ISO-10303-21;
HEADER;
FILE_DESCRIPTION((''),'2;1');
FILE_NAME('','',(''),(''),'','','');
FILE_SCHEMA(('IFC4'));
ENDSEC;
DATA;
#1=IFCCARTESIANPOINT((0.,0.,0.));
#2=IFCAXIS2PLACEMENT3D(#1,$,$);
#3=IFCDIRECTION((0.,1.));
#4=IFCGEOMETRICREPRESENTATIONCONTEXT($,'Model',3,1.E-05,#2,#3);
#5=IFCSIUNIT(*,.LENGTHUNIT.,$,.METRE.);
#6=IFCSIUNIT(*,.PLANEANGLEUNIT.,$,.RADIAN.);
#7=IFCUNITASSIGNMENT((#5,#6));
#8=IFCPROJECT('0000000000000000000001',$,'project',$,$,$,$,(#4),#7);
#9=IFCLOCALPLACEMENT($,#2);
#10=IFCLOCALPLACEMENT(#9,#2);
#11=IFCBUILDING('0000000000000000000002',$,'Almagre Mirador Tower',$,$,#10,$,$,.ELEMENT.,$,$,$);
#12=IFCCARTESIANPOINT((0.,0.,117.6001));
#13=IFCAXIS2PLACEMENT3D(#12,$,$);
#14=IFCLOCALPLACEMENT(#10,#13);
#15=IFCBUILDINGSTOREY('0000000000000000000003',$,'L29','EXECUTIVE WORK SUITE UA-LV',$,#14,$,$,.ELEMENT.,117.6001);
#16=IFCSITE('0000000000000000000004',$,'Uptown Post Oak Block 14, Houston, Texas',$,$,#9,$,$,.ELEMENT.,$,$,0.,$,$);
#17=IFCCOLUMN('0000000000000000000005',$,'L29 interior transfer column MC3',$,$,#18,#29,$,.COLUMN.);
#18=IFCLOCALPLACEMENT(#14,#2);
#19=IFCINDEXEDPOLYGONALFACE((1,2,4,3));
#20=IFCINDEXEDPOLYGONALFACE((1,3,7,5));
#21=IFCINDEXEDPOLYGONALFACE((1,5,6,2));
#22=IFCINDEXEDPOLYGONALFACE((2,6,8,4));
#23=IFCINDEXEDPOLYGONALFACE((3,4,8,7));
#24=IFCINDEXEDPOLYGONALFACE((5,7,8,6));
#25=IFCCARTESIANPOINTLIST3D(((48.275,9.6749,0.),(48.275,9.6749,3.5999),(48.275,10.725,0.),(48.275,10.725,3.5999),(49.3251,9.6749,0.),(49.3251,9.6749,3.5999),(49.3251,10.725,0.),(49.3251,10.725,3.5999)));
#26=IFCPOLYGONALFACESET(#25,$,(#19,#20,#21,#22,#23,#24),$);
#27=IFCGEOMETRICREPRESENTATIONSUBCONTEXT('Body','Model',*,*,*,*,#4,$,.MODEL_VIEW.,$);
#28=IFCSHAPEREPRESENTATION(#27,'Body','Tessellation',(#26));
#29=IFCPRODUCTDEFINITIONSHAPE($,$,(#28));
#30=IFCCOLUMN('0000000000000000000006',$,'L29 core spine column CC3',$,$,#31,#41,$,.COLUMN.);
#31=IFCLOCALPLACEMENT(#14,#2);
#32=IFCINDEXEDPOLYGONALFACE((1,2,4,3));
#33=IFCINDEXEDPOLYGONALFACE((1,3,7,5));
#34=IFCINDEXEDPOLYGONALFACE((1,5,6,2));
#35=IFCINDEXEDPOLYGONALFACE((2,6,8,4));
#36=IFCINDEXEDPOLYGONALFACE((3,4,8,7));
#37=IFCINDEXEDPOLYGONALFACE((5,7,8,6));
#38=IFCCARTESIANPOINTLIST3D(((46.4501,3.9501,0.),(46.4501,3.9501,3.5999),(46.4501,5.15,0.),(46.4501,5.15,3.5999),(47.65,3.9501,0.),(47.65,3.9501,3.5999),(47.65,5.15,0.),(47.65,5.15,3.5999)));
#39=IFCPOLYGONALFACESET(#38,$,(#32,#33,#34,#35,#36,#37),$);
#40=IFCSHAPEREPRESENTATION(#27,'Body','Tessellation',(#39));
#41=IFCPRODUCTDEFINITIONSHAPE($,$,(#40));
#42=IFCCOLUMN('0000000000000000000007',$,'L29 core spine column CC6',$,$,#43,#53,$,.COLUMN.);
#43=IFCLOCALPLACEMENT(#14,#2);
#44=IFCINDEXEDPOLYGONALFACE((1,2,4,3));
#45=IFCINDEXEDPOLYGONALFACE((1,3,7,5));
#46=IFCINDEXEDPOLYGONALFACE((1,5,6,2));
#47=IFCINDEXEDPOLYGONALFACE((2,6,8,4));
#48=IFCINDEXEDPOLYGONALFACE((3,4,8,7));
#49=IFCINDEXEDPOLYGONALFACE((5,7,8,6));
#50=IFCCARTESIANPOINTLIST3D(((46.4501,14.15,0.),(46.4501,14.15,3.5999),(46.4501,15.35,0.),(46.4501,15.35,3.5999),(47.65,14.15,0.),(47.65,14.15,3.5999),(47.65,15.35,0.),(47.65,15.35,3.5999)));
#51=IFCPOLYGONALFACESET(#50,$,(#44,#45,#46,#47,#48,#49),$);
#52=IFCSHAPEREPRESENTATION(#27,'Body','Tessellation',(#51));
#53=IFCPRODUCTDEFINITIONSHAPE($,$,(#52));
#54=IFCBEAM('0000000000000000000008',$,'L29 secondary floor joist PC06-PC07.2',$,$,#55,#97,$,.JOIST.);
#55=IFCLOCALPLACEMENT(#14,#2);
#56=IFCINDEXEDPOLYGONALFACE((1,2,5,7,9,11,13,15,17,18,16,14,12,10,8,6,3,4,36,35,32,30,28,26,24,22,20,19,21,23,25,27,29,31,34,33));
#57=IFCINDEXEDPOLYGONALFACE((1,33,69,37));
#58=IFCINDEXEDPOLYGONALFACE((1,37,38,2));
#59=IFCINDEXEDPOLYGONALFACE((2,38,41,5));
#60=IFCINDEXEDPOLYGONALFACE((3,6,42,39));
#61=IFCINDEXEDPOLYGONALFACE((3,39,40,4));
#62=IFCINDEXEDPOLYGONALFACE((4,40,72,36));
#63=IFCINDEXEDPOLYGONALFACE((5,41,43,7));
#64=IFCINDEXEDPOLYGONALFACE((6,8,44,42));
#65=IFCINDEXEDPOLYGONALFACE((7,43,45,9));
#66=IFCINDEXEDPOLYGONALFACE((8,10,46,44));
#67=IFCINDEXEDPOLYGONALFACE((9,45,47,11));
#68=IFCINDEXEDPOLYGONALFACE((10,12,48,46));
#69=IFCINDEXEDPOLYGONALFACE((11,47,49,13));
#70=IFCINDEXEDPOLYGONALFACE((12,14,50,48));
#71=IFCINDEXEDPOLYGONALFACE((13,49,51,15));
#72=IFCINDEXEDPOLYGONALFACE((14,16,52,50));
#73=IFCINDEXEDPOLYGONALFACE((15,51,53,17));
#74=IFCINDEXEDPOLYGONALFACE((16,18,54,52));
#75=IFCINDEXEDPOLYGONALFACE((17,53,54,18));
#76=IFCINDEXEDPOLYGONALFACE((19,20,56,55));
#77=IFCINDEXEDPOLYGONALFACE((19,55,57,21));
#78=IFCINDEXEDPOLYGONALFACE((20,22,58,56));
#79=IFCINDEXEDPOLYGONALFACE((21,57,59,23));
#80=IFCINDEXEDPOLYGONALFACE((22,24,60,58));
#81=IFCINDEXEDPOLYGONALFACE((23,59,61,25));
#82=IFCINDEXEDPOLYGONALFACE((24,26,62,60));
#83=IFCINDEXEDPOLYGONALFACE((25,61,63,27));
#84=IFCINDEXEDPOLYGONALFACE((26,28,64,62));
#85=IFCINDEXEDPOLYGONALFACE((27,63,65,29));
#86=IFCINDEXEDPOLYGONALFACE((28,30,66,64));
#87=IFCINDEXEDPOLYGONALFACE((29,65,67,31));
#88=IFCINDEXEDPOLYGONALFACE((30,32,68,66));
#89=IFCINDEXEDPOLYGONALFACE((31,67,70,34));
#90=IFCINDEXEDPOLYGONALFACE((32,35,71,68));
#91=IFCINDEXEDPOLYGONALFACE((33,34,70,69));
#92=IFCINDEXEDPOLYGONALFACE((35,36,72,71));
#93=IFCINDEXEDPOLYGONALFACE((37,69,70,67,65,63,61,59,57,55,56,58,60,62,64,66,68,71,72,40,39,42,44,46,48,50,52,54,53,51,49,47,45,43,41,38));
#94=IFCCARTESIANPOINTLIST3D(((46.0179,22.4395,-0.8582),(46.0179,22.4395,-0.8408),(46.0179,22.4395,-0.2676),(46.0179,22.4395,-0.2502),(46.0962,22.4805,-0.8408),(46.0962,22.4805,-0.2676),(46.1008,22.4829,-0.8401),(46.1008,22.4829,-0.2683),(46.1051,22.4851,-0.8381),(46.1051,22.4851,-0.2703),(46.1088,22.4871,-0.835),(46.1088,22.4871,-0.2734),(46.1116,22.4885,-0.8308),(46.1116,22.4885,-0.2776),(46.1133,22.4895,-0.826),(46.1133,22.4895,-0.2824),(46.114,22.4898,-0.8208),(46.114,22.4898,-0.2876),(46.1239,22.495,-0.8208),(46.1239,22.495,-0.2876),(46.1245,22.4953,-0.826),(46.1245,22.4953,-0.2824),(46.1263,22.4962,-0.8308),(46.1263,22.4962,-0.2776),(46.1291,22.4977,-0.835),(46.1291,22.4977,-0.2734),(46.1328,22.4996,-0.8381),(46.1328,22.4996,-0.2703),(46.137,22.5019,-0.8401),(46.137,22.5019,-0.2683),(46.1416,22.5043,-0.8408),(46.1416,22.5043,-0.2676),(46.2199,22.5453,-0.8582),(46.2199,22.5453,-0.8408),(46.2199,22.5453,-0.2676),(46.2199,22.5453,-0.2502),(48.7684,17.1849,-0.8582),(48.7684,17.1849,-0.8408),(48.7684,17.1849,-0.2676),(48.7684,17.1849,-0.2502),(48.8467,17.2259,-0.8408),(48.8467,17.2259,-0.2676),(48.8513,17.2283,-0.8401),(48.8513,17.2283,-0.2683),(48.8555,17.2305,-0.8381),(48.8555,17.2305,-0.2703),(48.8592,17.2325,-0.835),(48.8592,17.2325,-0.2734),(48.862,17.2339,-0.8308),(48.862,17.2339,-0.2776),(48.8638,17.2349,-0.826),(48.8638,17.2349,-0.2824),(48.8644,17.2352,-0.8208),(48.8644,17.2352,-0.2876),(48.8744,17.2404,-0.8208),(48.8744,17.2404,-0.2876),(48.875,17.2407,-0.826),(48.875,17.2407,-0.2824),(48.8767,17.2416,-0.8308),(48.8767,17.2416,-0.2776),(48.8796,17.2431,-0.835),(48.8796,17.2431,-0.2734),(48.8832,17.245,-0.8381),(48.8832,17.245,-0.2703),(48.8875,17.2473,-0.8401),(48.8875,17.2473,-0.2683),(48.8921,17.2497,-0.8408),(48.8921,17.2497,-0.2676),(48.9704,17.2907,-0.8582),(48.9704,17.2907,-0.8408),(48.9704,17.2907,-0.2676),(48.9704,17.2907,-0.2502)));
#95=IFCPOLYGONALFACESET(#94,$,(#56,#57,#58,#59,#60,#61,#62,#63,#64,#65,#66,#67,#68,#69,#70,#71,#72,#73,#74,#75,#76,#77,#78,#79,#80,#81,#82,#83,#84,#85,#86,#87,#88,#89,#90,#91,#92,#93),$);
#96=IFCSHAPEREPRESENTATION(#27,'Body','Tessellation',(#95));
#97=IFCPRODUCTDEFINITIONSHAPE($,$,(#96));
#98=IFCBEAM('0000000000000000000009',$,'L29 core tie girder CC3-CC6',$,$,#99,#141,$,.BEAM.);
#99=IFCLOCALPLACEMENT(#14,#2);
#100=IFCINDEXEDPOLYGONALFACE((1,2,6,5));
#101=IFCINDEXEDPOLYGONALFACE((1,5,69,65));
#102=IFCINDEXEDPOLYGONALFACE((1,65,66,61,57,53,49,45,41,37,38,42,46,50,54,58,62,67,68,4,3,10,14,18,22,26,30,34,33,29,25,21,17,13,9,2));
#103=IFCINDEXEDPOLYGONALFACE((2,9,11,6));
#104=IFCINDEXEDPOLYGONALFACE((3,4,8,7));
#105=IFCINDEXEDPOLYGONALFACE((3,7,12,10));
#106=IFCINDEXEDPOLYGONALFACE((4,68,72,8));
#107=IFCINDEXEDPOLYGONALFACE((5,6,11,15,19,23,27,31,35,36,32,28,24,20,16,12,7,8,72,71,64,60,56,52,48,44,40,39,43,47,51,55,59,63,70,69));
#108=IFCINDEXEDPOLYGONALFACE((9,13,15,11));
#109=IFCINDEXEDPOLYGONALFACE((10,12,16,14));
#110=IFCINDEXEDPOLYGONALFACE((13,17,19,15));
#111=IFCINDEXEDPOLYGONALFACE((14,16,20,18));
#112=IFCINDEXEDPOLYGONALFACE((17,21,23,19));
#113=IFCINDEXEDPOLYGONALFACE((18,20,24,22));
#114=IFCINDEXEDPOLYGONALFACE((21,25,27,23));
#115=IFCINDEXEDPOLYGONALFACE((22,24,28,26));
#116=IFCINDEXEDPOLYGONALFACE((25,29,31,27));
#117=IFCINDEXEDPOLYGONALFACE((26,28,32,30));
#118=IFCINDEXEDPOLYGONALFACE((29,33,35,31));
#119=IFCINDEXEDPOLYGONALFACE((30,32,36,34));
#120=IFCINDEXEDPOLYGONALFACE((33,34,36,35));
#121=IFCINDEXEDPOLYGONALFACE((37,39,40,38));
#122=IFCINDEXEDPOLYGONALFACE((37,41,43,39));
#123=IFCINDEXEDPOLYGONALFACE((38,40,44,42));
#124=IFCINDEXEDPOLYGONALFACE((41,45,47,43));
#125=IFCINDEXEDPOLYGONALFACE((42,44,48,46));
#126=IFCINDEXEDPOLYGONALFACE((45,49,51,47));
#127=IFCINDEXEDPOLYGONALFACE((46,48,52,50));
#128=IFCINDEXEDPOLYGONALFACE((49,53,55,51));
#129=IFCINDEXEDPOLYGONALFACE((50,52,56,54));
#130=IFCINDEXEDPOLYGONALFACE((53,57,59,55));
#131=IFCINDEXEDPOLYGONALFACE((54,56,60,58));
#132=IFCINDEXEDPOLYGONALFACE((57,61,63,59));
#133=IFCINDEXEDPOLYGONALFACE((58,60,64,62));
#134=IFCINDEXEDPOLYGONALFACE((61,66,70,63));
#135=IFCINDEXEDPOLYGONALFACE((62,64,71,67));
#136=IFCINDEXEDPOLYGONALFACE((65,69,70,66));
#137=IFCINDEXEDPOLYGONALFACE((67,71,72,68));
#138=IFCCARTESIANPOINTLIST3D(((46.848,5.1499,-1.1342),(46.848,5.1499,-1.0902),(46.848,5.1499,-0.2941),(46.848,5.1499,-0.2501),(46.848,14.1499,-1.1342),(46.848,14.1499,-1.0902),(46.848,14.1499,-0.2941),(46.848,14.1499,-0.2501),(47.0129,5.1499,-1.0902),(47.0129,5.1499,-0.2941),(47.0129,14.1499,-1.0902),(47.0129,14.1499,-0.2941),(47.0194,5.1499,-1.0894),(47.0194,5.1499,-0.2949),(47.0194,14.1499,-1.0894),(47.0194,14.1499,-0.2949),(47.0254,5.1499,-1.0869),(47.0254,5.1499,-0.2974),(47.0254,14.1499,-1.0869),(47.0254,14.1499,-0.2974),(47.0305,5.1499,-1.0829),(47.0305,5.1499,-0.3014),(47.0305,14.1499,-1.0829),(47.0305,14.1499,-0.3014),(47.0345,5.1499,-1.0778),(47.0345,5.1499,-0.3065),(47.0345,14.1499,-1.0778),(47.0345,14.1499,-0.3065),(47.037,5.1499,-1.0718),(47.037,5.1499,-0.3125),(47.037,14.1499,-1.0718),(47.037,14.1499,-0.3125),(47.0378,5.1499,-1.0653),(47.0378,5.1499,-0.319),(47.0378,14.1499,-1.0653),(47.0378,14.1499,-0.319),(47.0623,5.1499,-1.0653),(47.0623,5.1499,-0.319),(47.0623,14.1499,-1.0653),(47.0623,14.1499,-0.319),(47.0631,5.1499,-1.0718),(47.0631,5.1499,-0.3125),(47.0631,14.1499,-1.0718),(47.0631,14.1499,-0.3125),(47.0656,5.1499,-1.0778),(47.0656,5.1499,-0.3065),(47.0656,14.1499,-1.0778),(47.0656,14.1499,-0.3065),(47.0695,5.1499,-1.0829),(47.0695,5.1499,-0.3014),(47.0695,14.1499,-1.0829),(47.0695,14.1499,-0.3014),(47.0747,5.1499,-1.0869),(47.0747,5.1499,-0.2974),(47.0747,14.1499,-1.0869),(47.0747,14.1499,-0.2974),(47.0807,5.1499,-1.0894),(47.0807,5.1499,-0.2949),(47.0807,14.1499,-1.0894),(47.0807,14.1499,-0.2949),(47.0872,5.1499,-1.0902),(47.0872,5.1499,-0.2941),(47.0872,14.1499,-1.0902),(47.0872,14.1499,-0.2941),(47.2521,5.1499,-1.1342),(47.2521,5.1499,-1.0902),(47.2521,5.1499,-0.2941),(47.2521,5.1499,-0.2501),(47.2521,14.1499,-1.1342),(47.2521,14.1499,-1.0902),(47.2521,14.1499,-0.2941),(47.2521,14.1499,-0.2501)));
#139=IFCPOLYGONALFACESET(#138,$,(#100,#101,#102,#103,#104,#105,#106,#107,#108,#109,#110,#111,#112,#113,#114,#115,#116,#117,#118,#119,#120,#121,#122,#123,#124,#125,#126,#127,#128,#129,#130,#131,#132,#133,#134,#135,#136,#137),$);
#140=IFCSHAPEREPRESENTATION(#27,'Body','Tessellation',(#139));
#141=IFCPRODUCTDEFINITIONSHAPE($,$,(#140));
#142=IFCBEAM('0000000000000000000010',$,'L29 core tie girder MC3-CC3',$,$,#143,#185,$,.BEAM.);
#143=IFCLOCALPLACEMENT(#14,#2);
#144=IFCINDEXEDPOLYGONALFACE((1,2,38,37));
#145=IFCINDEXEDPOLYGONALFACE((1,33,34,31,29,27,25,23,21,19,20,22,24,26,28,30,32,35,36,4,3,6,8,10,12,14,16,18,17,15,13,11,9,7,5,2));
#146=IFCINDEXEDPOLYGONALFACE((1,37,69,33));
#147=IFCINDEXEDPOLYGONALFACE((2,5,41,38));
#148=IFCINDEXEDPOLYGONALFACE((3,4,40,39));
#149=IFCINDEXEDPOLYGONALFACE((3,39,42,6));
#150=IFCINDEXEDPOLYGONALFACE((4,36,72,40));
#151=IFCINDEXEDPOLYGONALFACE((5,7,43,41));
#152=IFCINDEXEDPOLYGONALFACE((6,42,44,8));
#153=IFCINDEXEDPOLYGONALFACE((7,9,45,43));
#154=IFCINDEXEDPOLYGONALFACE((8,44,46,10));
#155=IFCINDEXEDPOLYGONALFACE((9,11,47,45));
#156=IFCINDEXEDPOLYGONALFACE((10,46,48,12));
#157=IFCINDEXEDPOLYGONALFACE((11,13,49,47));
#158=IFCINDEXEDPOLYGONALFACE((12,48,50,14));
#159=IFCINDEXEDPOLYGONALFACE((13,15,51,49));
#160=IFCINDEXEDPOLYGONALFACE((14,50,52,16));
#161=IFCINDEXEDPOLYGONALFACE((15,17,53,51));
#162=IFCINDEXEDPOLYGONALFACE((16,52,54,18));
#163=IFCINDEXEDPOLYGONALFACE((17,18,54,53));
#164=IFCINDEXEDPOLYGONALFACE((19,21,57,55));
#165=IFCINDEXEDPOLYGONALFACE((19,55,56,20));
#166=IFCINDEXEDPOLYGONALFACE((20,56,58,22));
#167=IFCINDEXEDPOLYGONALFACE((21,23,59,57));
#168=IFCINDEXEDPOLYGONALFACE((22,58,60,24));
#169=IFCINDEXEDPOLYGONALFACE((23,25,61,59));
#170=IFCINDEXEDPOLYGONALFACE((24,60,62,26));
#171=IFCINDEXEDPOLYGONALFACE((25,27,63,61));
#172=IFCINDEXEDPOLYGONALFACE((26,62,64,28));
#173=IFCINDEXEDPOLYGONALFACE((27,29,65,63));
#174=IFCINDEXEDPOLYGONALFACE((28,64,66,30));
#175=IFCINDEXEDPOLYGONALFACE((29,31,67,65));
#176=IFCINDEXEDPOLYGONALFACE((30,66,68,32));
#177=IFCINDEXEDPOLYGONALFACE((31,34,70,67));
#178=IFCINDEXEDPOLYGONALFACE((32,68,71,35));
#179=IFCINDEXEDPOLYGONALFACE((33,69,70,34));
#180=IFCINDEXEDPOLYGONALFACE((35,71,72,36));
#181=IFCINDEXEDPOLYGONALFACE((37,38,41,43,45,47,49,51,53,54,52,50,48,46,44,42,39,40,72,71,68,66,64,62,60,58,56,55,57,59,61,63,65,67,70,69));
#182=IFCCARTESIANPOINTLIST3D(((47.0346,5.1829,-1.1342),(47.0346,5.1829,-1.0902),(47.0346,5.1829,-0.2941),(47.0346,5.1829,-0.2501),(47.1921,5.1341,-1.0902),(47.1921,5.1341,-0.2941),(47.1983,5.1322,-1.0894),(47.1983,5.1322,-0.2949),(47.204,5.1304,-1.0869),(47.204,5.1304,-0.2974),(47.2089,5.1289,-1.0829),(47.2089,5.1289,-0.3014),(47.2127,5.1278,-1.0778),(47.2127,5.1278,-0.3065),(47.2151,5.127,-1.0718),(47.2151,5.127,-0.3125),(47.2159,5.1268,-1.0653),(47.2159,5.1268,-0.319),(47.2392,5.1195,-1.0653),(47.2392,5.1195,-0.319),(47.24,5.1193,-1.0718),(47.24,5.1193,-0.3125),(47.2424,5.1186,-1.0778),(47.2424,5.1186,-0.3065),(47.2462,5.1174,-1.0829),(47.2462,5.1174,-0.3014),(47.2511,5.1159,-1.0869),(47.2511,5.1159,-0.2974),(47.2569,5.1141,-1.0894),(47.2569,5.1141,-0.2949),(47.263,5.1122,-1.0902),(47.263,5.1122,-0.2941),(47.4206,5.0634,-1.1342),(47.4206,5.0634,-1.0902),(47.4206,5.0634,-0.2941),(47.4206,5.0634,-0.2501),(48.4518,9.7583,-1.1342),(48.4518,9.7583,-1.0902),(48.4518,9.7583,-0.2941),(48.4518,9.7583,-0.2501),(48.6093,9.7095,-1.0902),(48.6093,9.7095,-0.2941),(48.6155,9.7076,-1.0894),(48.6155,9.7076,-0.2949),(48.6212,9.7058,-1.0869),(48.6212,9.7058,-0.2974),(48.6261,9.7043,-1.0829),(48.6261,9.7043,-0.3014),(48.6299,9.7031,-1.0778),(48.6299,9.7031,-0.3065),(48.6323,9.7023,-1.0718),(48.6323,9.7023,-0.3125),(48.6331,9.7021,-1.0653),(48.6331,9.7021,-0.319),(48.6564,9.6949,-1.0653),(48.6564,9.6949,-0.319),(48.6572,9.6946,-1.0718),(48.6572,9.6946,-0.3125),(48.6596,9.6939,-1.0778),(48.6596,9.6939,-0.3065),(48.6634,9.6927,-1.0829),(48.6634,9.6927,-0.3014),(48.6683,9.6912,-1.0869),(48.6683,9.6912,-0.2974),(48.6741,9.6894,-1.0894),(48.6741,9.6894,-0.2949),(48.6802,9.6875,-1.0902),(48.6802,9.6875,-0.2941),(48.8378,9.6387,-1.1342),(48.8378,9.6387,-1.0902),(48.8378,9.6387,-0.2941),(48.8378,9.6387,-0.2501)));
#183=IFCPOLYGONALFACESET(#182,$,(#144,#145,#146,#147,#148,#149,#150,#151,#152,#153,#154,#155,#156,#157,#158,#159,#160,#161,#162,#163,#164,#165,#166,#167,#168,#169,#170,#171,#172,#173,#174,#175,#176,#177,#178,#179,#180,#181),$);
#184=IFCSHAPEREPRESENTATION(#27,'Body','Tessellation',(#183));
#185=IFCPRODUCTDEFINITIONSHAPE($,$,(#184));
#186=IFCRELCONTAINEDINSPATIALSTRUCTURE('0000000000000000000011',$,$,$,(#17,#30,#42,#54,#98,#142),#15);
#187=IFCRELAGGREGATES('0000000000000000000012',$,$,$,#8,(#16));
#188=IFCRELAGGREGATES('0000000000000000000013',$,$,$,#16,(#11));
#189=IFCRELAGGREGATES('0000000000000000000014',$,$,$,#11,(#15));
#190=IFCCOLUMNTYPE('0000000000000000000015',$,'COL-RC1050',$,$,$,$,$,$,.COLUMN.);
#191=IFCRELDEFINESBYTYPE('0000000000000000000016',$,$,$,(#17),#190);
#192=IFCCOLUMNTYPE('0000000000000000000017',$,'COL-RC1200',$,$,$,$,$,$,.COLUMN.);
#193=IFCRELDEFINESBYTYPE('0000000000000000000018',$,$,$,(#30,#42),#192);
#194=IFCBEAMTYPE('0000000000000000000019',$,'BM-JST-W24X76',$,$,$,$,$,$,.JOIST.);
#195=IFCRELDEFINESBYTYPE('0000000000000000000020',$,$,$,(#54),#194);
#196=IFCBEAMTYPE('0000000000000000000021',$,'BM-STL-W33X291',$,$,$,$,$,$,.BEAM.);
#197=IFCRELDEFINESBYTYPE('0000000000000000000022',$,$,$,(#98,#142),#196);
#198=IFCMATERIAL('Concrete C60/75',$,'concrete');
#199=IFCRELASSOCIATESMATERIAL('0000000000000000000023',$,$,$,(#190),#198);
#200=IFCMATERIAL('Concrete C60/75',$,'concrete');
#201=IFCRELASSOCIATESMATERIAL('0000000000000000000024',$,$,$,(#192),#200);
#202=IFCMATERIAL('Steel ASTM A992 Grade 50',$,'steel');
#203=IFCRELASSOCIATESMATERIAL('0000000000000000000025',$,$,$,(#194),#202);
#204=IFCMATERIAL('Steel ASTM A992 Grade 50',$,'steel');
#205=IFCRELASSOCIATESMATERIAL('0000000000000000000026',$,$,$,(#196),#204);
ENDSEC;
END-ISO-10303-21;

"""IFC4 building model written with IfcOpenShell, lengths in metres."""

from ifc_helpers import new_model, si_unit, direction, frame, origin, origin_2d, place, context, subcontext, project, spatial, rectangle, i_section, extrude, material, material_profile, profile_set, type_object, element, save


model = new_model("IFC4")

# Units and contexts
model_context = context("Model", 3, precision=1e-05, world=origin(), true_north=direction((0.0, 1.0)))
body_context = subcontext(model_context, "Body", "Model", "MODEL_VIEW")
ifc_project = project(units=[si_unit("LENGTHUNIT", "METRE"), si_unit("PLANEANGLEUNIT", "RADIAN")], contexts=[model_context])

# Site, building, storey
site_placement = place(None, origin())
site = spatial("IfcSite", under=ifc_project, at=site_placement, Name="Uptown Post Oak Block 14, Houston, Texas", CompositionType="ELEMENT", RefElevation=0.0)
building_placement = place(site_placement, origin())
building = spatial("IfcBuilding", under=site, at=building_placement, Name="Almagre Mirador Tower", CompositionType="ELEMENT")
storey_placement = place(building_placement, frame((0.0, 0.0, 117.6001)))
storey = spatial("IfcBuildingStorey", under=building, at=storey_placement, Name="L29", Description="EXECUTIVE WORK SUITE UA-LV", CompositionType="ELEMENT", Elevation=117.6001)

# Columns
ifc_material_1 = material(Name="Concrete C60/75", Category="concrete")
ifc_material_profile_1 = material_profile(ifc_material_1, rectangle(XDim=1.05, YDim=1.05, at=origin_2d()), Name="RC1050X1050")
ifc_profile_set_1 = profile_set([ifc_material_profile_1], Name="Concrete C60/75")
column_type_1 = type_object("IfcColumnType", Name="COL-RC1050", PredefinedType="COLUMN", material=ifc_profile_set_1)
column_placement = place(storey_placement, frame((48.8, 10.2, 0.0), z_axis=(0.0, 0.0, 1.0), x_axis=(1.0, 0.0, 0.0)))
element("IfcColumn", 1, at=column_placement, inside=storey, type_object=column_type_1, Name="L29 interior transfer column MC3", PredefinedType="COLUMN", context=body_context, shape_type="SweptSolid", body=[
    extrude(rectangle(XDim=1.05, YDim=1.05, at=origin_2d()), origin(), (0.0, 0.0, 1.0), 3.5999),
])
ifc_material_2 = material(Name="Concrete C60/75", Category="concrete")
ifc_material_profile_2 = material_profile(ifc_material_2, rectangle(XDim=1.2, YDim=1.2, at=origin_2d()), Name="RC1200X1200")
ifc_profile_set_2 = profile_set([ifc_material_profile_2], Name="Concrete C60/75")
column_type_2 = type_object("IfcColumnType", Name="COL-RC1200", PredefinedType="COLUMN", material=ifc_profile_set_2)
for number, where, z_axis, x_axis, name in (
    (2, (47.05, 4.55, 0.0), (0.0, 0.0, 1.0), (1.0, 0.0, 0.0), "L29 core spine column CC3"),
    (3, (47.05, 14.75, 0.0), (0.0, 0.0, 1.0), (1.0, 0.0, 0.0), "L29 core spine column CC6"),
):
    element("IfcColumn", number, at=place(storey_placement, frame(where, z_axis=z_axis, x_axis=x_axis)), inside=storey, type_object=column_type_2, Name=name, PredefinedType="COLUMN", context=body_context, shape_type="SweptSolid", body=[
        extrude(rectangle(XDim=1.2, YDim=1.2, at=origin_2d()), origin(), (0.0, 0.0, 1.0), 3.5999),
    ])

# Beams
ifc_material_3 = material(Name="Steel ASTM A992 Grade 50", Category="steel")
ifc_material_profile_3 = material_profile(ifc_material_3, i_section(OverallWidth=0.228, OverallDepth=0.6079, WebThickness=0.0112, FlangeThickness=0.0173, FilletRadius=0.02, at=origin_2d()), Name="W24X76")
ifc_profile_set_3 = profile_set([ifc_material_profile_3], Name="Steel ASTM A992 Grade 50")
beam_type_1 = type_object("IfcBeamType", Name="BM-JST-W24X76", PredefinedType="JOIST", material=ifc_profile_set_3)
beam_1_placement = place(storey_placement, frame((48.8694, 17.2378, -0.5542), z_axis=(-0.46375, 0.885966, 0.0), x_axis=(-0.885966, -0.46375, 0.0)))
element("IfcBeam", 4, at=beam_1_placement, inside=storey, type_object=beam_type_1, Name="L29 secondary floor joist PC06-PC07.2", PredefinedType="JOIST", context=body_context, shape_type="SweptSolid", body=[
    extrude(i_section(OverallWidth=0.228, OverallDepth=0.6079, WebThickness=0.0112, FlangeThickness=0.0173, FilletRadius=0.02, at=origin_2d()), origin(), (0.0, 0.0, 1.0), 5.9309),
])
ifc_material_4 = material(Name="Steel ASTM A992 Grade 50", Category="steel")
ifc_material_profile_4 = material_profile(ifc_material_4, i_section(OverallWidth=0.4041, OverallDepth=0.884, WebThickness=0.0244, FlangeThickness=0.0439, FilletRadius=0.0249, at=origin_2d()), Name="W33X291")
ifc_profile_set_4 = profile_set([ifc_material_profile_4], Name="Steel ASTM A992 Grade 50")
beam_type_2 = type_object("IfcBeamType", Name="BM-STL-W33X291", PredefinedType="BEAM", material=ifc_profile_set_4)
beam_2_placement = place(storey_placement, frame((47.05, 5.1499, -0.6921), z_axis=(0.0, 1.0, 0.0), x_axis=(-1.0, 0.0, 0.0)))
element("IfcBeam", 5, at=beam_2_placement, inside=storey, type_object=beam_type_2, Name="L29 core tie girder CC3-CC6", PredefinedType="BEAM", context=body_context, shape_type="SweptSolid", body=[
    extrude(i_section(OverallWidth=0.4041, OverallDepth=0.884, WebThickness=0.0244, FlangeThickness=0.0439, FilletRadius=0.0249, at=origin_2d()), origin(), (0.0, 0.0, 1.0), 9.0),
])
beam_3_placement = place(storey_placement, frame((48.6448, 9.6985, -0.6921), z_axis=(-0.29588, -0.955225, 0.0), x_axis=(0.955225, -0.29588, 0.0)))
element("IfcBeam", 6, at=beam_3_placement, inside=storey, type_object=beam_type_2, Name="L29 core tie girder MC3-CC3", PredefinedType="BEAM", context=body_context, shape_type="SweptSolid", body=[
    extrude(i_section(OverallWidth=0.4041, OverallDepth=0.884, WebThickness=0.0244, FlangeThickness=0.0439, FilletRadius=0.0249, at=origin_2d()), origin(), (0.0, 0.0, 1.0), 4.7898),
])

save(model, "model.ifc")
